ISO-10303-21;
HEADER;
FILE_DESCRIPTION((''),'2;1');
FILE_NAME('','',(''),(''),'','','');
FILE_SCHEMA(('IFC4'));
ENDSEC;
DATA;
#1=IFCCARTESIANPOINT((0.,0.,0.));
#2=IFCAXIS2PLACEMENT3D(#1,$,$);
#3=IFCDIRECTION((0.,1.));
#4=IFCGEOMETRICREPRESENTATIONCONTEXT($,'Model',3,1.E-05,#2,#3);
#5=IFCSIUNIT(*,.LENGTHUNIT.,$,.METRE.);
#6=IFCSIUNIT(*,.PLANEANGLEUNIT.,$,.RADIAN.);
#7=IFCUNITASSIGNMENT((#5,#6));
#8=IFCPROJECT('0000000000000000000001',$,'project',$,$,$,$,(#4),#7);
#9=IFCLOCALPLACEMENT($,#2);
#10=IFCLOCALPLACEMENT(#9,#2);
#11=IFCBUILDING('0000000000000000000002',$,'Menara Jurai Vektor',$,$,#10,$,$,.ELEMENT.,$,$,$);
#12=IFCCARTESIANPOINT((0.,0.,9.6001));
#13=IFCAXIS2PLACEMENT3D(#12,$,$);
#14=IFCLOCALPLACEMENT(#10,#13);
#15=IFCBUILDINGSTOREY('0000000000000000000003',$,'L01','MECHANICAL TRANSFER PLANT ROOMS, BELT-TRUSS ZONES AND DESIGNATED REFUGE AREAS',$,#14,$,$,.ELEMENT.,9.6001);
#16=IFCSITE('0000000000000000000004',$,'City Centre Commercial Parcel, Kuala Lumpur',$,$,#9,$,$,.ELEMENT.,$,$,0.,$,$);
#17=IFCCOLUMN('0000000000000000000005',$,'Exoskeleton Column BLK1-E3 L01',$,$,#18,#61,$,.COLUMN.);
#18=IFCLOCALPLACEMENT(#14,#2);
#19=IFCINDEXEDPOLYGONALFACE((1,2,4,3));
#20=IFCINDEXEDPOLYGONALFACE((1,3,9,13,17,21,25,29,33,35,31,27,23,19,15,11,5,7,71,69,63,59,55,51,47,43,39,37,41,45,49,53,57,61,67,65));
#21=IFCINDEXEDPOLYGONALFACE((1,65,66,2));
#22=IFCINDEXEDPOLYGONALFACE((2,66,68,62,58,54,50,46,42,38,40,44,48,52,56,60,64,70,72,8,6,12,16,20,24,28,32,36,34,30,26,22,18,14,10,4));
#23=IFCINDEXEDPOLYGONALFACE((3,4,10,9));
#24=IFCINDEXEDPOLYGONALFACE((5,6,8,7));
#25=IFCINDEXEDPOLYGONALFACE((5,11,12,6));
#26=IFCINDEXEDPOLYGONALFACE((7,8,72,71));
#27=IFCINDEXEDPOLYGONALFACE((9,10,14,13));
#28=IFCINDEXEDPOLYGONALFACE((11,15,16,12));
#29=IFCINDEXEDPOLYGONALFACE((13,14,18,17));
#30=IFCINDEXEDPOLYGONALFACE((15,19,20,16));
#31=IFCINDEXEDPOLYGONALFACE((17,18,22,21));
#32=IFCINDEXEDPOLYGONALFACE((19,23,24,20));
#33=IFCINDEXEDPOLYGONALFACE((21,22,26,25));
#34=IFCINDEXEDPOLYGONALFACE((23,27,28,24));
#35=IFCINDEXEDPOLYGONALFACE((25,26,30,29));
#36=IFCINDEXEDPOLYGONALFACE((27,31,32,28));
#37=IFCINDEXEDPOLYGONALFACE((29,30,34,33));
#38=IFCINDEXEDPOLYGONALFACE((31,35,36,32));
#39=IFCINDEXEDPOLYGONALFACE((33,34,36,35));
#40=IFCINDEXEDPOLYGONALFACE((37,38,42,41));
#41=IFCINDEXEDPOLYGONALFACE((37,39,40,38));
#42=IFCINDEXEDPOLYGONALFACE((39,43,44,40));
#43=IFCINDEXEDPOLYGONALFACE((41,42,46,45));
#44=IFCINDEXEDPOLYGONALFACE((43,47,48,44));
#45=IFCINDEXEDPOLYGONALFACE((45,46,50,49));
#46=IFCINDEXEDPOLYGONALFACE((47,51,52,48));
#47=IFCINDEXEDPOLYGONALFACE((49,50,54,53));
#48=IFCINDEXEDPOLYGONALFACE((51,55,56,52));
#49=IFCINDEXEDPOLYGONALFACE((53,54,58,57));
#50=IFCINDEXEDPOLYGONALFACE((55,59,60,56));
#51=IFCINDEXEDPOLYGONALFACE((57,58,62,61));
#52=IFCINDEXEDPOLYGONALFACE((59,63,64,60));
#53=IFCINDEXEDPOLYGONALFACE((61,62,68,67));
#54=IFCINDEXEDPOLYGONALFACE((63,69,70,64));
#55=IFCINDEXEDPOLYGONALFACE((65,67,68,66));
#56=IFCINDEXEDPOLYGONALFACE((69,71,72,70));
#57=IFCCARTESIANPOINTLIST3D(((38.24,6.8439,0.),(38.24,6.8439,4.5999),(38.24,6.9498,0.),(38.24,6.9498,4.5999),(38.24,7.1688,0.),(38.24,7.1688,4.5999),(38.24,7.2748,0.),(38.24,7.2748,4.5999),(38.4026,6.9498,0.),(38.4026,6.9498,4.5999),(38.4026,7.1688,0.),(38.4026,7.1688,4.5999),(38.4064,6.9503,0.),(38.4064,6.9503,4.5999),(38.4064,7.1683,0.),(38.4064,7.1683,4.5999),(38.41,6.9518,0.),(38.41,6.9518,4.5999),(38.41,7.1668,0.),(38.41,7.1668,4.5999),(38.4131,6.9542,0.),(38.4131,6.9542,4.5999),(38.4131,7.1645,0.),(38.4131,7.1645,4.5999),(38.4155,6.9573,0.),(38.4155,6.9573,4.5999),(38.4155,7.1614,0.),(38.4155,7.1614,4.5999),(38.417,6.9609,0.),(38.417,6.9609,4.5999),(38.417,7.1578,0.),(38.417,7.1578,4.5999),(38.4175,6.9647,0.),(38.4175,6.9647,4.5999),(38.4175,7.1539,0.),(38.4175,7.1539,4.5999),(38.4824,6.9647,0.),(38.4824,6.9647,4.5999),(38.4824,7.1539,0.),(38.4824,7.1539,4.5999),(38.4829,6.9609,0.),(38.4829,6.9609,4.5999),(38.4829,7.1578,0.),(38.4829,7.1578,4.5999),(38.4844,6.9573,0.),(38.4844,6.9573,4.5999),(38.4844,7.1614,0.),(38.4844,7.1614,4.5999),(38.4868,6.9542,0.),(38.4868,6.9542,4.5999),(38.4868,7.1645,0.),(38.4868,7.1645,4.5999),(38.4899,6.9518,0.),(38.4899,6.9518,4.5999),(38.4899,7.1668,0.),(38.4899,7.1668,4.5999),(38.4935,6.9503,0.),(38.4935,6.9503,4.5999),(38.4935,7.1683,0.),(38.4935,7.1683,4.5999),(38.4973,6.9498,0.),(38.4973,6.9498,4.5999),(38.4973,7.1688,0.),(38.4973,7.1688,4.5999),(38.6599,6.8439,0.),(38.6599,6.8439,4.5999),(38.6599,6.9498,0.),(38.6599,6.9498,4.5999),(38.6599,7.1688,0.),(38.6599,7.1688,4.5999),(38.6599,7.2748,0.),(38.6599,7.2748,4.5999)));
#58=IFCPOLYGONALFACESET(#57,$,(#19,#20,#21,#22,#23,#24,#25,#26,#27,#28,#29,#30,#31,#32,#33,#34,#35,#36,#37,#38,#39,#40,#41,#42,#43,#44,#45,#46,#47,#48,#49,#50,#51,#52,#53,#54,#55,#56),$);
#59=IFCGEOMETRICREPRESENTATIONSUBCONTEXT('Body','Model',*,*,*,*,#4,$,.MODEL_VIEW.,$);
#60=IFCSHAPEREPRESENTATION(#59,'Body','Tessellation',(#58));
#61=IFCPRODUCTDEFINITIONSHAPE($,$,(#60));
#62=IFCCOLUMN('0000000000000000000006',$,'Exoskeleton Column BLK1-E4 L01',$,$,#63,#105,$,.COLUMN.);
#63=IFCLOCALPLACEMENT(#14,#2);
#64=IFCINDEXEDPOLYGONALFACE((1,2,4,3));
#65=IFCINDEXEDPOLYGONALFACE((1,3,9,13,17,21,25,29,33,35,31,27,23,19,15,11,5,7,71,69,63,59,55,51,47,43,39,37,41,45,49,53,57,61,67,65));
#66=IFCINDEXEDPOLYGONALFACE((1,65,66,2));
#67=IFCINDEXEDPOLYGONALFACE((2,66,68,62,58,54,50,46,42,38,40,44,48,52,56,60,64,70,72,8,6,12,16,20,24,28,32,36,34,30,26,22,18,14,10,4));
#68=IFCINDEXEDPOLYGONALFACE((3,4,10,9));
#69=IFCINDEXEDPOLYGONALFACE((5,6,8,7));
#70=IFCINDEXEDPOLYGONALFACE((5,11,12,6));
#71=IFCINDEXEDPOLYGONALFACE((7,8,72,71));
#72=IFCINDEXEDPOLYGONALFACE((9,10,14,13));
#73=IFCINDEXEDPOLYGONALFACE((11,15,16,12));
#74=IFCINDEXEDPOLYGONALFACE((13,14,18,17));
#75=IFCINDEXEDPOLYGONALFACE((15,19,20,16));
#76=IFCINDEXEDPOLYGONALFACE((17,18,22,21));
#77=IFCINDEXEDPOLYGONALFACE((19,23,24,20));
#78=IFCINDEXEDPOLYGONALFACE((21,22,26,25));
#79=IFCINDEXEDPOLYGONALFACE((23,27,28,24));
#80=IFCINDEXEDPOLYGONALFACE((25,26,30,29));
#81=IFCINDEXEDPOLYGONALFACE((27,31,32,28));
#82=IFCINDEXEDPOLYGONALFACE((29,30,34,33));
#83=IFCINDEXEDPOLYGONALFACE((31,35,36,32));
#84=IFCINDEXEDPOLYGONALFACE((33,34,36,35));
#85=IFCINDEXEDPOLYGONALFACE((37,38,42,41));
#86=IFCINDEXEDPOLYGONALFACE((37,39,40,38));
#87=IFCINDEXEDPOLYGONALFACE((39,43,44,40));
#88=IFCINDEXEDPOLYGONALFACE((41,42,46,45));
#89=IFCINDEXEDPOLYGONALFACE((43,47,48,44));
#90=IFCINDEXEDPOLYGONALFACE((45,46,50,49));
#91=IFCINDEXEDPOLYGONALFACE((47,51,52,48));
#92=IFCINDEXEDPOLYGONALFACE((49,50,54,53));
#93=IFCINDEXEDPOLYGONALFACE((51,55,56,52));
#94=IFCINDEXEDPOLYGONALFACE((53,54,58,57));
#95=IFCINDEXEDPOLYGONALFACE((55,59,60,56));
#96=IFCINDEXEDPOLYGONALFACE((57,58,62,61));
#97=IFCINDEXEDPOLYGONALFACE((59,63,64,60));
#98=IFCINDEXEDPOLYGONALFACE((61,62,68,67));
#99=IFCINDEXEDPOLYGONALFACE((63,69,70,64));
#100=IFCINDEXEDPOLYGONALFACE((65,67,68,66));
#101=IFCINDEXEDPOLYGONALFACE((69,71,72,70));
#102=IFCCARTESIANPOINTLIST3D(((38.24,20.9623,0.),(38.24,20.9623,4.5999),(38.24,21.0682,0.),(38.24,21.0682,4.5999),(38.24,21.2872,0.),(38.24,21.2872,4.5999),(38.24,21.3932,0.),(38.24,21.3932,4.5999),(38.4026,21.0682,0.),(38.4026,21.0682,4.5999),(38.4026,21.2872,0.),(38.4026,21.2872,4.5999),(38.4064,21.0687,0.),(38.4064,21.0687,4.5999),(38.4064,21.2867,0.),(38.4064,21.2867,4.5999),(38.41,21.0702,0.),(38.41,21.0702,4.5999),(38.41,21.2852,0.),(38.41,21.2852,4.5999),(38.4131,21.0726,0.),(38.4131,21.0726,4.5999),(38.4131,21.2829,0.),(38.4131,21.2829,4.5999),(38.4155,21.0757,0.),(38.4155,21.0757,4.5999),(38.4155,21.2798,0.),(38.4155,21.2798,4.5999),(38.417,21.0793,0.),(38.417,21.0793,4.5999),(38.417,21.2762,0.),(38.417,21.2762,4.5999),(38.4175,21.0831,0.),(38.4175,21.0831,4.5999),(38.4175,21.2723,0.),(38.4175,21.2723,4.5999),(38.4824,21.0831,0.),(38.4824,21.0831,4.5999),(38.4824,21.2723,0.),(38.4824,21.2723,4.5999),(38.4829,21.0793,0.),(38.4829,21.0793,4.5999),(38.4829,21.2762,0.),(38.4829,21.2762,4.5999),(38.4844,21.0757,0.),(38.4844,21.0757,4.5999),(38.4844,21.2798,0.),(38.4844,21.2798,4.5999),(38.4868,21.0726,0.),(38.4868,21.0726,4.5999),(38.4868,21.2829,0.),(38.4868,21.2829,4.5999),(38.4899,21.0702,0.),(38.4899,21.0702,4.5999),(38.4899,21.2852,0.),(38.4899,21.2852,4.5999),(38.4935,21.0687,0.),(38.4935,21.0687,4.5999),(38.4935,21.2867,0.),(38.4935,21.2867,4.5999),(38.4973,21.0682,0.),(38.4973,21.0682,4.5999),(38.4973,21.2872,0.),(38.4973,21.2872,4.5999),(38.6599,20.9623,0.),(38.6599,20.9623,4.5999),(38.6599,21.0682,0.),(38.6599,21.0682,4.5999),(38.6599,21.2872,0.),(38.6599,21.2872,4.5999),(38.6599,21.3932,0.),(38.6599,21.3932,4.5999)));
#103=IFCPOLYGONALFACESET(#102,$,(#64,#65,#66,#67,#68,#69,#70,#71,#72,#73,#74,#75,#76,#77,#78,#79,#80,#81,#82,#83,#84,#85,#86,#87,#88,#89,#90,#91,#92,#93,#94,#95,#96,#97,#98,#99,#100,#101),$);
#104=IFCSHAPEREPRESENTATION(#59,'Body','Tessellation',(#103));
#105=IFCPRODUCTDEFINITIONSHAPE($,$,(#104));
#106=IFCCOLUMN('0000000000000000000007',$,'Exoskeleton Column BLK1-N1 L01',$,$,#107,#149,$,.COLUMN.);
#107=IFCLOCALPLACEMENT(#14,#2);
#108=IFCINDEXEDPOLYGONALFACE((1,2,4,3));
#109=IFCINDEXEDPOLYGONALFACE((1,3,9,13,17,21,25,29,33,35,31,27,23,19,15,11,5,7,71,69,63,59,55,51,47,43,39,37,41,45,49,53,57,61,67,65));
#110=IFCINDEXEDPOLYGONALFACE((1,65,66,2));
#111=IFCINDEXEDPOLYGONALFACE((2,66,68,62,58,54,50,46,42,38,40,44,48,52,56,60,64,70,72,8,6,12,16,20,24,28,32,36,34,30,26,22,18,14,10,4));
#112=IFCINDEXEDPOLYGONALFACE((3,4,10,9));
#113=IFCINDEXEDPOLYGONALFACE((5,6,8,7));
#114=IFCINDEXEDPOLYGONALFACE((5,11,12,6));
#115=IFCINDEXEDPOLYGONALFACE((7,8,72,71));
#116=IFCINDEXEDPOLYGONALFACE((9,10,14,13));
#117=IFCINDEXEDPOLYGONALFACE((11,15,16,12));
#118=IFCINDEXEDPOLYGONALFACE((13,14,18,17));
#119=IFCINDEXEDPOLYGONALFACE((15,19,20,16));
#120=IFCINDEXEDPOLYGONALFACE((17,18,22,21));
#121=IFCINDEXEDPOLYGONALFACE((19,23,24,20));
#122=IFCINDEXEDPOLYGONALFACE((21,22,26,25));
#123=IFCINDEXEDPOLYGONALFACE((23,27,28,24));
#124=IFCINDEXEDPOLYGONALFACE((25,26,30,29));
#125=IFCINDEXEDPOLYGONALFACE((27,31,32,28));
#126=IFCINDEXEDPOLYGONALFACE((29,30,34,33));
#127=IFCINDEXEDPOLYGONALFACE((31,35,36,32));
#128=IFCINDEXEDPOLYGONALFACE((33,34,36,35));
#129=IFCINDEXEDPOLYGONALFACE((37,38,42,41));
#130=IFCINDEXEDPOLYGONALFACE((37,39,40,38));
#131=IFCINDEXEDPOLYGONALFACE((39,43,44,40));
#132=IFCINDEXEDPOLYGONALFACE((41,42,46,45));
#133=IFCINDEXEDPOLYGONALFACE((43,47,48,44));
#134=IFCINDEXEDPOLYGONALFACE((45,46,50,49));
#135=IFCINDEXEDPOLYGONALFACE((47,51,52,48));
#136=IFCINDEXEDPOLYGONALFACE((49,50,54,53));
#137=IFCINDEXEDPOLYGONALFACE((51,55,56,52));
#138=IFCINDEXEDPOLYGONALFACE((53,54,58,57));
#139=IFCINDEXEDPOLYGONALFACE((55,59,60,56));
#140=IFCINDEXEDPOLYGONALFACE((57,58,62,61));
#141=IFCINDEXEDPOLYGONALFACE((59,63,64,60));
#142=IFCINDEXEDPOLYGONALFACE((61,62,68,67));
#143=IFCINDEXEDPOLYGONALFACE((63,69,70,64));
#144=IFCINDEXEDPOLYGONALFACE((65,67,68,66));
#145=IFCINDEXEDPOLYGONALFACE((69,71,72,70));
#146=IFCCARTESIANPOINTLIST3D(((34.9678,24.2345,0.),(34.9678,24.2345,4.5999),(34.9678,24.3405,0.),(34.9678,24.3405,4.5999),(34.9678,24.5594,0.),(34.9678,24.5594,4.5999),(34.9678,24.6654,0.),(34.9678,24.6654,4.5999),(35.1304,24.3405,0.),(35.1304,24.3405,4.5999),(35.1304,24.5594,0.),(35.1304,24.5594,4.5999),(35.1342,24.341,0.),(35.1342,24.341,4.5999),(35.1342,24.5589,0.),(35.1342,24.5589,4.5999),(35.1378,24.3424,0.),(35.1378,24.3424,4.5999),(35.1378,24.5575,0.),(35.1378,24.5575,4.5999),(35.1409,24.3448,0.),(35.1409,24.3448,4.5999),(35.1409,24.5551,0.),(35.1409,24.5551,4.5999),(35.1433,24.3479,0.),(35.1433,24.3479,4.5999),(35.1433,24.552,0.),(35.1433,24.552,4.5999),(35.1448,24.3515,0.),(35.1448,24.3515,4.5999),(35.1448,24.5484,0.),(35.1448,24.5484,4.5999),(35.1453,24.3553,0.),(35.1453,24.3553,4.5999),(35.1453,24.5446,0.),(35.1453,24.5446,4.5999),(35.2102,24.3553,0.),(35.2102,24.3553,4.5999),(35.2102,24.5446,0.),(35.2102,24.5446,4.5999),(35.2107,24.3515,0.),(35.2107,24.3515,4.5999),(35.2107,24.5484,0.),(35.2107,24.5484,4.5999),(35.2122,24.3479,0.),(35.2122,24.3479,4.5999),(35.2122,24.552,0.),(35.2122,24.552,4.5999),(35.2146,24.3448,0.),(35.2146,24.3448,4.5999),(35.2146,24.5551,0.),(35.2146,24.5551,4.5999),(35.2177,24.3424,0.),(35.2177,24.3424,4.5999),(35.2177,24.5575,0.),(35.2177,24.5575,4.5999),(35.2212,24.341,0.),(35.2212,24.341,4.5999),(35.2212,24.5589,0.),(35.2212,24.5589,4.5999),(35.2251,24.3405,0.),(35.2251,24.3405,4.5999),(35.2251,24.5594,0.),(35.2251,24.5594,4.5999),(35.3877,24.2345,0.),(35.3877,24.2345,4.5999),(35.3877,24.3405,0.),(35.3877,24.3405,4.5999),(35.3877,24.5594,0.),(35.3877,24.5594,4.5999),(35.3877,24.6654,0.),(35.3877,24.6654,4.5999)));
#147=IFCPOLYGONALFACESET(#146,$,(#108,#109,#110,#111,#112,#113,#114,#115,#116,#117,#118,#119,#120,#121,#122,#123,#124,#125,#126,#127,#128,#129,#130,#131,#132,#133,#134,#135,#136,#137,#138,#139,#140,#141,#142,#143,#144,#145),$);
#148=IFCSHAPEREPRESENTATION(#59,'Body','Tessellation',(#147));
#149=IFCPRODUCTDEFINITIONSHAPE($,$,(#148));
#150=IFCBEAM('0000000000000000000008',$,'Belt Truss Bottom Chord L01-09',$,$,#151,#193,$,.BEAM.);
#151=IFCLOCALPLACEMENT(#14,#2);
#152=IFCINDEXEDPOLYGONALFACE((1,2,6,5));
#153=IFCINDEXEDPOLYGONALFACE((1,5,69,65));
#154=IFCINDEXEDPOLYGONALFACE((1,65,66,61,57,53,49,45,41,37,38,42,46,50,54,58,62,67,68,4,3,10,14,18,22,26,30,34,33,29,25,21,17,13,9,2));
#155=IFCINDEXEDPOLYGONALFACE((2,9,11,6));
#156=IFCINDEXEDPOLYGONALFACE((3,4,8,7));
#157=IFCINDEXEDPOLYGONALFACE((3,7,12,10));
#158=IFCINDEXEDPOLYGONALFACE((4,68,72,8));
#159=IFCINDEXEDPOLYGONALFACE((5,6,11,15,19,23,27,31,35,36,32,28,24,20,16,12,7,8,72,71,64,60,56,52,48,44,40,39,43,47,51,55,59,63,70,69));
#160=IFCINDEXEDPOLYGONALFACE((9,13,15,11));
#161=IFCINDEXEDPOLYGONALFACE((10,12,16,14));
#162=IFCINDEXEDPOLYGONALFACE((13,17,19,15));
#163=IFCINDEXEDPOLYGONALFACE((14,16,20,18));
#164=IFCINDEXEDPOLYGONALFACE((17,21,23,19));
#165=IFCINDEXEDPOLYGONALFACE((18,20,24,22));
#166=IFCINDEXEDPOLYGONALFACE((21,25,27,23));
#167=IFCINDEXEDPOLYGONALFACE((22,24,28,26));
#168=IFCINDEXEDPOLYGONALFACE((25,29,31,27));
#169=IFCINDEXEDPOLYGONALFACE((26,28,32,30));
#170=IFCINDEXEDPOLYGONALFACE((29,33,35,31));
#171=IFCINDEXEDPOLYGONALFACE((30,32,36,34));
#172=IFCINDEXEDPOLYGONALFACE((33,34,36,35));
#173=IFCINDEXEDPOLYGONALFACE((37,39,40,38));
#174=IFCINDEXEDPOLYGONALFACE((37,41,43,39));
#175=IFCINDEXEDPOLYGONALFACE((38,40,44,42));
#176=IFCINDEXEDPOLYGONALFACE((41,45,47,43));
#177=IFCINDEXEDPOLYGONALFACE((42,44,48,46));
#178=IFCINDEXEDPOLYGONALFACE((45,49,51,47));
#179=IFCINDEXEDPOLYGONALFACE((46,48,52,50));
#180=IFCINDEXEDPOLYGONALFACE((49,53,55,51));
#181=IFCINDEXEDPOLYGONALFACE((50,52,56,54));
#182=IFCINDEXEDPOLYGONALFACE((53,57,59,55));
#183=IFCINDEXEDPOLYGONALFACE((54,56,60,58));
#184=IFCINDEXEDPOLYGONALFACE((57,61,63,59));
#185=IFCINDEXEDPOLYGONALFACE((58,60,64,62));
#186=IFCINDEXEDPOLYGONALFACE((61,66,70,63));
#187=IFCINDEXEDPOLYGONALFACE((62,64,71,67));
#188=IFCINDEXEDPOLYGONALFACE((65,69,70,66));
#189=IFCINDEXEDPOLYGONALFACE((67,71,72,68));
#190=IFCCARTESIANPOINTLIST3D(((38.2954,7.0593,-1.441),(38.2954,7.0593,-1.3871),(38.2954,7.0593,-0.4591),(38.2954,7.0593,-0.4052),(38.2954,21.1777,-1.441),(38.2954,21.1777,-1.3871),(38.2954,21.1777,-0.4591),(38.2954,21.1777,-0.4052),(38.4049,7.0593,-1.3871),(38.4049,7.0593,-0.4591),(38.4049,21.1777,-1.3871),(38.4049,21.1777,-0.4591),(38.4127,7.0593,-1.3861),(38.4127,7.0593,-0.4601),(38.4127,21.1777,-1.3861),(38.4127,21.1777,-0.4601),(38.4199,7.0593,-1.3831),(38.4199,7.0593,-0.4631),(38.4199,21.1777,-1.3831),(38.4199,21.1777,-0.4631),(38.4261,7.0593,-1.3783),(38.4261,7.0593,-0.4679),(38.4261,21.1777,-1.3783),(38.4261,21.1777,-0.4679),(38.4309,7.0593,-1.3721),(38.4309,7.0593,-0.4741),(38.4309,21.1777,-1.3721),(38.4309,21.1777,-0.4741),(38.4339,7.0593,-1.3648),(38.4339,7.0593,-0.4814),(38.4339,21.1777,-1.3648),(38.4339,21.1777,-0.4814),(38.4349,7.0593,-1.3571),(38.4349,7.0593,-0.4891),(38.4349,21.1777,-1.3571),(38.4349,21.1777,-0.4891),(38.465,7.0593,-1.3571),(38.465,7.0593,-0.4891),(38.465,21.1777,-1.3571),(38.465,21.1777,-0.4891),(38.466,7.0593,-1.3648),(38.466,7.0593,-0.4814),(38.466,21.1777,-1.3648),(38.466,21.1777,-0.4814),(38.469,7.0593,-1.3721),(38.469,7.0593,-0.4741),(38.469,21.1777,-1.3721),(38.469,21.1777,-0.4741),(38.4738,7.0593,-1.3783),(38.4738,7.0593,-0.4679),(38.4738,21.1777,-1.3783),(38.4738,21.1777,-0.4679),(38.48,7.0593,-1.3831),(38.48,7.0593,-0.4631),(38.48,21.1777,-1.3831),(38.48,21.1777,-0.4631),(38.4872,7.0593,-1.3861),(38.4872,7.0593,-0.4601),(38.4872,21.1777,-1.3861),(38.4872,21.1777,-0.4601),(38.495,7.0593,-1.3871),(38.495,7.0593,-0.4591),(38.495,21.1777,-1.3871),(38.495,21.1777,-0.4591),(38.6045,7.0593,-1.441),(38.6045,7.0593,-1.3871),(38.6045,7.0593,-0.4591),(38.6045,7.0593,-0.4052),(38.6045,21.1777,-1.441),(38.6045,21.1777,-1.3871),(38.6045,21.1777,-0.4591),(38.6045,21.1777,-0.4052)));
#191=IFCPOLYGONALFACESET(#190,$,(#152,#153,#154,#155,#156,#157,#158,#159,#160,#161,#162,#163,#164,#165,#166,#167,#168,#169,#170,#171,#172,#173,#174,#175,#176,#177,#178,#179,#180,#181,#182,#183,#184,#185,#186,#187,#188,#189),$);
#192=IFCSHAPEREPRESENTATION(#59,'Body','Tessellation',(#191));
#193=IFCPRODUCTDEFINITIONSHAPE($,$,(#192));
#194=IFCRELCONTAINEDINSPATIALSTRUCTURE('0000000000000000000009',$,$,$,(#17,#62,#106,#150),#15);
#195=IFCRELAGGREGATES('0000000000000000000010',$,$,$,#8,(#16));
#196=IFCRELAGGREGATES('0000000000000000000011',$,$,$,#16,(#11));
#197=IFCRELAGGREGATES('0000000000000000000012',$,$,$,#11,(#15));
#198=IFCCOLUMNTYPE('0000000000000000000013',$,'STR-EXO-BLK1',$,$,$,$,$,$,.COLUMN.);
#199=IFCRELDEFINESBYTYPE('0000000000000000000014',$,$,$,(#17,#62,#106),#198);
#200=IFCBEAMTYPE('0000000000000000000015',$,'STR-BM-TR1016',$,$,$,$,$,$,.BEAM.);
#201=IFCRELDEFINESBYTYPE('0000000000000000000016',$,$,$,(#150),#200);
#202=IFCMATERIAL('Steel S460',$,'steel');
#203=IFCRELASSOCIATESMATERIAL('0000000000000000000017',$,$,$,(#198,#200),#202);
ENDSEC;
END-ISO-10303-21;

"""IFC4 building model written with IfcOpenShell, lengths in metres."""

from ifc_helpers import new_model, si_unit, direction, frame, origin, origin_2d, place, context, subcontext, project, spatial, i_section, extrude, material, material_profile, profile_set, type_object, element, save


model = new_model("IFC4")

# Units and contexts
model_context = context("Model", 3, precision=1e-05, world=origin(), true_north=direction((0.0, 1.0)))
body_context = subcontext(model_context, "Body", "Model", "MODEL_VIEW")
ifc_project = project(units=[si_unit("LENGTHUNIT", "METRE"), si_unit("PLANEANGLEUNIT", "RADIAN")], contexts=[model_context])

# Site, building, storey
site_placement = place(None, origin())
site = spatial("IfcSite", under=ifc_project, at=site_placement, Name="City Centre Commercial Parcel, Kuala Lumpur", CompositionType="ELEMENT", RefElevation=0.0)
building_placement = place(site_placement, origin())
building = spatial("IfcBuilding", under=site, at=building_placement, Name="Menara Jurai Vektor", CompositionType="ELEMENT")
storey_placement = place(building_placement, frame((0.0, 0.0, 9.6001)))
storey = spatial("IfcBuildingStorey", under=building, at=storey_placement, Name="L01", Description="MECHANICAL TRANSFER PLANT ROOMS, BELT-TRUSS ZONES AND DESIGNATED REFUGE AREAS", CompositionType="ELEMENT", Elevation=9.6001)

# Columns
ifc_material_1 = material(Name="Steel S460", Category="steel")
ifc_material_profile_1 = material_profile(ifc_material_1, i_section(OverallWidth=0.4199, OverallDepth=0.4309, WebThickness=0.0649, FlangeThickness=0.106, FilletRadius=0.0149, at=origin_2d()), Name="HD 400x900")
ifc_profile_set_1 = profile_set([ifc_material_profile_1], Name="Steel S460")
column_type = type_object("IfcColumnType", Name="STR-EXO-BLK1", PredefinedType="COLUMN", material=ifc_profile_set_1)
for number, where, z_axis, x_axis, name in (
    (1, (38.45, 7.0593, 0.0), (0.0, 0.0, 1.0), (1.0, 0.0, 0.0), "Exoskeleton Column BLK1-E3 L01"),
    (2, (38.45, 21.1777, 0.0), (0.0, 0.0, 1.0), (1.0, 0.0, 0.0), "Exoskeleton Column BLK1-E4 L01"),
    (3, (35.1777, 24.45, 0.0), (0.0, 0.0, 1.0), (1.0, 0.0, 0.0), "Exoskeleton Column BLK1-N1 L01"),
):
    element("IfcColumn", number, at=place(storey_placement, frame(where, z_axis=z_axis, x_axis=x_axis)), inside=storey, type_object=column_type, Name=name, PredefinedType="COLUMN", context=body_context, shape_type="SweptSolid", body=[
        extrude(i_section(OverallWidth=0.4199, OverallDepth=0.4309, WebThickness=0.0649, FlangeThickness=0.106, FilletRadius=0.0149, at=origin_2d()), origin(), (0.0, 0.0, 1.0), 4.5999),
    ])

# Beam
ifc_material_profile_2 = material_profile(ifc_material_1, i_section(OverallWidth=0.3091, OverallDepth=1.0359, WebThickness=0.03, FlangeThickness=0.054, FilletRadius=0.03, at=origin_2d()), Name="UKB 1016x305x487")
ifc_profile_set_2 = profile_set([ifc_material_profile_2], Name="Steel S460")
beam_type_1 = type_object("IfcBeamType", Name="STR-BM-TR1016", PredefinedType="BEAM", material=ifc_profile_set_2)
beam_1_placement = place(storey_placement, frame((38.45, 7.0593, -0.9231), z_axis=(0.0, 1.0, 0.0), x_axis=(-1.0, 0.0, 0.0)))
element("IfcBeam", 4, at=beam_1_placement, inside=storey, type_object=beam_type_1, Name="Belt Truss Bottom Chord L01-09", PredefinedType="BEAM", context=body_context, shape_type="SweptSolid", body=[
    extrude(i_section(OverallWidth=0.3091, OverallDepth=1.0359, WebThickness=0.03, FlangeThickness=0.054, FilletRadius=0.03, at=origin_2d()), origin(), (0.0, 0.0, 1.0), 14.1184),
])

save(model, "model.ifc")
